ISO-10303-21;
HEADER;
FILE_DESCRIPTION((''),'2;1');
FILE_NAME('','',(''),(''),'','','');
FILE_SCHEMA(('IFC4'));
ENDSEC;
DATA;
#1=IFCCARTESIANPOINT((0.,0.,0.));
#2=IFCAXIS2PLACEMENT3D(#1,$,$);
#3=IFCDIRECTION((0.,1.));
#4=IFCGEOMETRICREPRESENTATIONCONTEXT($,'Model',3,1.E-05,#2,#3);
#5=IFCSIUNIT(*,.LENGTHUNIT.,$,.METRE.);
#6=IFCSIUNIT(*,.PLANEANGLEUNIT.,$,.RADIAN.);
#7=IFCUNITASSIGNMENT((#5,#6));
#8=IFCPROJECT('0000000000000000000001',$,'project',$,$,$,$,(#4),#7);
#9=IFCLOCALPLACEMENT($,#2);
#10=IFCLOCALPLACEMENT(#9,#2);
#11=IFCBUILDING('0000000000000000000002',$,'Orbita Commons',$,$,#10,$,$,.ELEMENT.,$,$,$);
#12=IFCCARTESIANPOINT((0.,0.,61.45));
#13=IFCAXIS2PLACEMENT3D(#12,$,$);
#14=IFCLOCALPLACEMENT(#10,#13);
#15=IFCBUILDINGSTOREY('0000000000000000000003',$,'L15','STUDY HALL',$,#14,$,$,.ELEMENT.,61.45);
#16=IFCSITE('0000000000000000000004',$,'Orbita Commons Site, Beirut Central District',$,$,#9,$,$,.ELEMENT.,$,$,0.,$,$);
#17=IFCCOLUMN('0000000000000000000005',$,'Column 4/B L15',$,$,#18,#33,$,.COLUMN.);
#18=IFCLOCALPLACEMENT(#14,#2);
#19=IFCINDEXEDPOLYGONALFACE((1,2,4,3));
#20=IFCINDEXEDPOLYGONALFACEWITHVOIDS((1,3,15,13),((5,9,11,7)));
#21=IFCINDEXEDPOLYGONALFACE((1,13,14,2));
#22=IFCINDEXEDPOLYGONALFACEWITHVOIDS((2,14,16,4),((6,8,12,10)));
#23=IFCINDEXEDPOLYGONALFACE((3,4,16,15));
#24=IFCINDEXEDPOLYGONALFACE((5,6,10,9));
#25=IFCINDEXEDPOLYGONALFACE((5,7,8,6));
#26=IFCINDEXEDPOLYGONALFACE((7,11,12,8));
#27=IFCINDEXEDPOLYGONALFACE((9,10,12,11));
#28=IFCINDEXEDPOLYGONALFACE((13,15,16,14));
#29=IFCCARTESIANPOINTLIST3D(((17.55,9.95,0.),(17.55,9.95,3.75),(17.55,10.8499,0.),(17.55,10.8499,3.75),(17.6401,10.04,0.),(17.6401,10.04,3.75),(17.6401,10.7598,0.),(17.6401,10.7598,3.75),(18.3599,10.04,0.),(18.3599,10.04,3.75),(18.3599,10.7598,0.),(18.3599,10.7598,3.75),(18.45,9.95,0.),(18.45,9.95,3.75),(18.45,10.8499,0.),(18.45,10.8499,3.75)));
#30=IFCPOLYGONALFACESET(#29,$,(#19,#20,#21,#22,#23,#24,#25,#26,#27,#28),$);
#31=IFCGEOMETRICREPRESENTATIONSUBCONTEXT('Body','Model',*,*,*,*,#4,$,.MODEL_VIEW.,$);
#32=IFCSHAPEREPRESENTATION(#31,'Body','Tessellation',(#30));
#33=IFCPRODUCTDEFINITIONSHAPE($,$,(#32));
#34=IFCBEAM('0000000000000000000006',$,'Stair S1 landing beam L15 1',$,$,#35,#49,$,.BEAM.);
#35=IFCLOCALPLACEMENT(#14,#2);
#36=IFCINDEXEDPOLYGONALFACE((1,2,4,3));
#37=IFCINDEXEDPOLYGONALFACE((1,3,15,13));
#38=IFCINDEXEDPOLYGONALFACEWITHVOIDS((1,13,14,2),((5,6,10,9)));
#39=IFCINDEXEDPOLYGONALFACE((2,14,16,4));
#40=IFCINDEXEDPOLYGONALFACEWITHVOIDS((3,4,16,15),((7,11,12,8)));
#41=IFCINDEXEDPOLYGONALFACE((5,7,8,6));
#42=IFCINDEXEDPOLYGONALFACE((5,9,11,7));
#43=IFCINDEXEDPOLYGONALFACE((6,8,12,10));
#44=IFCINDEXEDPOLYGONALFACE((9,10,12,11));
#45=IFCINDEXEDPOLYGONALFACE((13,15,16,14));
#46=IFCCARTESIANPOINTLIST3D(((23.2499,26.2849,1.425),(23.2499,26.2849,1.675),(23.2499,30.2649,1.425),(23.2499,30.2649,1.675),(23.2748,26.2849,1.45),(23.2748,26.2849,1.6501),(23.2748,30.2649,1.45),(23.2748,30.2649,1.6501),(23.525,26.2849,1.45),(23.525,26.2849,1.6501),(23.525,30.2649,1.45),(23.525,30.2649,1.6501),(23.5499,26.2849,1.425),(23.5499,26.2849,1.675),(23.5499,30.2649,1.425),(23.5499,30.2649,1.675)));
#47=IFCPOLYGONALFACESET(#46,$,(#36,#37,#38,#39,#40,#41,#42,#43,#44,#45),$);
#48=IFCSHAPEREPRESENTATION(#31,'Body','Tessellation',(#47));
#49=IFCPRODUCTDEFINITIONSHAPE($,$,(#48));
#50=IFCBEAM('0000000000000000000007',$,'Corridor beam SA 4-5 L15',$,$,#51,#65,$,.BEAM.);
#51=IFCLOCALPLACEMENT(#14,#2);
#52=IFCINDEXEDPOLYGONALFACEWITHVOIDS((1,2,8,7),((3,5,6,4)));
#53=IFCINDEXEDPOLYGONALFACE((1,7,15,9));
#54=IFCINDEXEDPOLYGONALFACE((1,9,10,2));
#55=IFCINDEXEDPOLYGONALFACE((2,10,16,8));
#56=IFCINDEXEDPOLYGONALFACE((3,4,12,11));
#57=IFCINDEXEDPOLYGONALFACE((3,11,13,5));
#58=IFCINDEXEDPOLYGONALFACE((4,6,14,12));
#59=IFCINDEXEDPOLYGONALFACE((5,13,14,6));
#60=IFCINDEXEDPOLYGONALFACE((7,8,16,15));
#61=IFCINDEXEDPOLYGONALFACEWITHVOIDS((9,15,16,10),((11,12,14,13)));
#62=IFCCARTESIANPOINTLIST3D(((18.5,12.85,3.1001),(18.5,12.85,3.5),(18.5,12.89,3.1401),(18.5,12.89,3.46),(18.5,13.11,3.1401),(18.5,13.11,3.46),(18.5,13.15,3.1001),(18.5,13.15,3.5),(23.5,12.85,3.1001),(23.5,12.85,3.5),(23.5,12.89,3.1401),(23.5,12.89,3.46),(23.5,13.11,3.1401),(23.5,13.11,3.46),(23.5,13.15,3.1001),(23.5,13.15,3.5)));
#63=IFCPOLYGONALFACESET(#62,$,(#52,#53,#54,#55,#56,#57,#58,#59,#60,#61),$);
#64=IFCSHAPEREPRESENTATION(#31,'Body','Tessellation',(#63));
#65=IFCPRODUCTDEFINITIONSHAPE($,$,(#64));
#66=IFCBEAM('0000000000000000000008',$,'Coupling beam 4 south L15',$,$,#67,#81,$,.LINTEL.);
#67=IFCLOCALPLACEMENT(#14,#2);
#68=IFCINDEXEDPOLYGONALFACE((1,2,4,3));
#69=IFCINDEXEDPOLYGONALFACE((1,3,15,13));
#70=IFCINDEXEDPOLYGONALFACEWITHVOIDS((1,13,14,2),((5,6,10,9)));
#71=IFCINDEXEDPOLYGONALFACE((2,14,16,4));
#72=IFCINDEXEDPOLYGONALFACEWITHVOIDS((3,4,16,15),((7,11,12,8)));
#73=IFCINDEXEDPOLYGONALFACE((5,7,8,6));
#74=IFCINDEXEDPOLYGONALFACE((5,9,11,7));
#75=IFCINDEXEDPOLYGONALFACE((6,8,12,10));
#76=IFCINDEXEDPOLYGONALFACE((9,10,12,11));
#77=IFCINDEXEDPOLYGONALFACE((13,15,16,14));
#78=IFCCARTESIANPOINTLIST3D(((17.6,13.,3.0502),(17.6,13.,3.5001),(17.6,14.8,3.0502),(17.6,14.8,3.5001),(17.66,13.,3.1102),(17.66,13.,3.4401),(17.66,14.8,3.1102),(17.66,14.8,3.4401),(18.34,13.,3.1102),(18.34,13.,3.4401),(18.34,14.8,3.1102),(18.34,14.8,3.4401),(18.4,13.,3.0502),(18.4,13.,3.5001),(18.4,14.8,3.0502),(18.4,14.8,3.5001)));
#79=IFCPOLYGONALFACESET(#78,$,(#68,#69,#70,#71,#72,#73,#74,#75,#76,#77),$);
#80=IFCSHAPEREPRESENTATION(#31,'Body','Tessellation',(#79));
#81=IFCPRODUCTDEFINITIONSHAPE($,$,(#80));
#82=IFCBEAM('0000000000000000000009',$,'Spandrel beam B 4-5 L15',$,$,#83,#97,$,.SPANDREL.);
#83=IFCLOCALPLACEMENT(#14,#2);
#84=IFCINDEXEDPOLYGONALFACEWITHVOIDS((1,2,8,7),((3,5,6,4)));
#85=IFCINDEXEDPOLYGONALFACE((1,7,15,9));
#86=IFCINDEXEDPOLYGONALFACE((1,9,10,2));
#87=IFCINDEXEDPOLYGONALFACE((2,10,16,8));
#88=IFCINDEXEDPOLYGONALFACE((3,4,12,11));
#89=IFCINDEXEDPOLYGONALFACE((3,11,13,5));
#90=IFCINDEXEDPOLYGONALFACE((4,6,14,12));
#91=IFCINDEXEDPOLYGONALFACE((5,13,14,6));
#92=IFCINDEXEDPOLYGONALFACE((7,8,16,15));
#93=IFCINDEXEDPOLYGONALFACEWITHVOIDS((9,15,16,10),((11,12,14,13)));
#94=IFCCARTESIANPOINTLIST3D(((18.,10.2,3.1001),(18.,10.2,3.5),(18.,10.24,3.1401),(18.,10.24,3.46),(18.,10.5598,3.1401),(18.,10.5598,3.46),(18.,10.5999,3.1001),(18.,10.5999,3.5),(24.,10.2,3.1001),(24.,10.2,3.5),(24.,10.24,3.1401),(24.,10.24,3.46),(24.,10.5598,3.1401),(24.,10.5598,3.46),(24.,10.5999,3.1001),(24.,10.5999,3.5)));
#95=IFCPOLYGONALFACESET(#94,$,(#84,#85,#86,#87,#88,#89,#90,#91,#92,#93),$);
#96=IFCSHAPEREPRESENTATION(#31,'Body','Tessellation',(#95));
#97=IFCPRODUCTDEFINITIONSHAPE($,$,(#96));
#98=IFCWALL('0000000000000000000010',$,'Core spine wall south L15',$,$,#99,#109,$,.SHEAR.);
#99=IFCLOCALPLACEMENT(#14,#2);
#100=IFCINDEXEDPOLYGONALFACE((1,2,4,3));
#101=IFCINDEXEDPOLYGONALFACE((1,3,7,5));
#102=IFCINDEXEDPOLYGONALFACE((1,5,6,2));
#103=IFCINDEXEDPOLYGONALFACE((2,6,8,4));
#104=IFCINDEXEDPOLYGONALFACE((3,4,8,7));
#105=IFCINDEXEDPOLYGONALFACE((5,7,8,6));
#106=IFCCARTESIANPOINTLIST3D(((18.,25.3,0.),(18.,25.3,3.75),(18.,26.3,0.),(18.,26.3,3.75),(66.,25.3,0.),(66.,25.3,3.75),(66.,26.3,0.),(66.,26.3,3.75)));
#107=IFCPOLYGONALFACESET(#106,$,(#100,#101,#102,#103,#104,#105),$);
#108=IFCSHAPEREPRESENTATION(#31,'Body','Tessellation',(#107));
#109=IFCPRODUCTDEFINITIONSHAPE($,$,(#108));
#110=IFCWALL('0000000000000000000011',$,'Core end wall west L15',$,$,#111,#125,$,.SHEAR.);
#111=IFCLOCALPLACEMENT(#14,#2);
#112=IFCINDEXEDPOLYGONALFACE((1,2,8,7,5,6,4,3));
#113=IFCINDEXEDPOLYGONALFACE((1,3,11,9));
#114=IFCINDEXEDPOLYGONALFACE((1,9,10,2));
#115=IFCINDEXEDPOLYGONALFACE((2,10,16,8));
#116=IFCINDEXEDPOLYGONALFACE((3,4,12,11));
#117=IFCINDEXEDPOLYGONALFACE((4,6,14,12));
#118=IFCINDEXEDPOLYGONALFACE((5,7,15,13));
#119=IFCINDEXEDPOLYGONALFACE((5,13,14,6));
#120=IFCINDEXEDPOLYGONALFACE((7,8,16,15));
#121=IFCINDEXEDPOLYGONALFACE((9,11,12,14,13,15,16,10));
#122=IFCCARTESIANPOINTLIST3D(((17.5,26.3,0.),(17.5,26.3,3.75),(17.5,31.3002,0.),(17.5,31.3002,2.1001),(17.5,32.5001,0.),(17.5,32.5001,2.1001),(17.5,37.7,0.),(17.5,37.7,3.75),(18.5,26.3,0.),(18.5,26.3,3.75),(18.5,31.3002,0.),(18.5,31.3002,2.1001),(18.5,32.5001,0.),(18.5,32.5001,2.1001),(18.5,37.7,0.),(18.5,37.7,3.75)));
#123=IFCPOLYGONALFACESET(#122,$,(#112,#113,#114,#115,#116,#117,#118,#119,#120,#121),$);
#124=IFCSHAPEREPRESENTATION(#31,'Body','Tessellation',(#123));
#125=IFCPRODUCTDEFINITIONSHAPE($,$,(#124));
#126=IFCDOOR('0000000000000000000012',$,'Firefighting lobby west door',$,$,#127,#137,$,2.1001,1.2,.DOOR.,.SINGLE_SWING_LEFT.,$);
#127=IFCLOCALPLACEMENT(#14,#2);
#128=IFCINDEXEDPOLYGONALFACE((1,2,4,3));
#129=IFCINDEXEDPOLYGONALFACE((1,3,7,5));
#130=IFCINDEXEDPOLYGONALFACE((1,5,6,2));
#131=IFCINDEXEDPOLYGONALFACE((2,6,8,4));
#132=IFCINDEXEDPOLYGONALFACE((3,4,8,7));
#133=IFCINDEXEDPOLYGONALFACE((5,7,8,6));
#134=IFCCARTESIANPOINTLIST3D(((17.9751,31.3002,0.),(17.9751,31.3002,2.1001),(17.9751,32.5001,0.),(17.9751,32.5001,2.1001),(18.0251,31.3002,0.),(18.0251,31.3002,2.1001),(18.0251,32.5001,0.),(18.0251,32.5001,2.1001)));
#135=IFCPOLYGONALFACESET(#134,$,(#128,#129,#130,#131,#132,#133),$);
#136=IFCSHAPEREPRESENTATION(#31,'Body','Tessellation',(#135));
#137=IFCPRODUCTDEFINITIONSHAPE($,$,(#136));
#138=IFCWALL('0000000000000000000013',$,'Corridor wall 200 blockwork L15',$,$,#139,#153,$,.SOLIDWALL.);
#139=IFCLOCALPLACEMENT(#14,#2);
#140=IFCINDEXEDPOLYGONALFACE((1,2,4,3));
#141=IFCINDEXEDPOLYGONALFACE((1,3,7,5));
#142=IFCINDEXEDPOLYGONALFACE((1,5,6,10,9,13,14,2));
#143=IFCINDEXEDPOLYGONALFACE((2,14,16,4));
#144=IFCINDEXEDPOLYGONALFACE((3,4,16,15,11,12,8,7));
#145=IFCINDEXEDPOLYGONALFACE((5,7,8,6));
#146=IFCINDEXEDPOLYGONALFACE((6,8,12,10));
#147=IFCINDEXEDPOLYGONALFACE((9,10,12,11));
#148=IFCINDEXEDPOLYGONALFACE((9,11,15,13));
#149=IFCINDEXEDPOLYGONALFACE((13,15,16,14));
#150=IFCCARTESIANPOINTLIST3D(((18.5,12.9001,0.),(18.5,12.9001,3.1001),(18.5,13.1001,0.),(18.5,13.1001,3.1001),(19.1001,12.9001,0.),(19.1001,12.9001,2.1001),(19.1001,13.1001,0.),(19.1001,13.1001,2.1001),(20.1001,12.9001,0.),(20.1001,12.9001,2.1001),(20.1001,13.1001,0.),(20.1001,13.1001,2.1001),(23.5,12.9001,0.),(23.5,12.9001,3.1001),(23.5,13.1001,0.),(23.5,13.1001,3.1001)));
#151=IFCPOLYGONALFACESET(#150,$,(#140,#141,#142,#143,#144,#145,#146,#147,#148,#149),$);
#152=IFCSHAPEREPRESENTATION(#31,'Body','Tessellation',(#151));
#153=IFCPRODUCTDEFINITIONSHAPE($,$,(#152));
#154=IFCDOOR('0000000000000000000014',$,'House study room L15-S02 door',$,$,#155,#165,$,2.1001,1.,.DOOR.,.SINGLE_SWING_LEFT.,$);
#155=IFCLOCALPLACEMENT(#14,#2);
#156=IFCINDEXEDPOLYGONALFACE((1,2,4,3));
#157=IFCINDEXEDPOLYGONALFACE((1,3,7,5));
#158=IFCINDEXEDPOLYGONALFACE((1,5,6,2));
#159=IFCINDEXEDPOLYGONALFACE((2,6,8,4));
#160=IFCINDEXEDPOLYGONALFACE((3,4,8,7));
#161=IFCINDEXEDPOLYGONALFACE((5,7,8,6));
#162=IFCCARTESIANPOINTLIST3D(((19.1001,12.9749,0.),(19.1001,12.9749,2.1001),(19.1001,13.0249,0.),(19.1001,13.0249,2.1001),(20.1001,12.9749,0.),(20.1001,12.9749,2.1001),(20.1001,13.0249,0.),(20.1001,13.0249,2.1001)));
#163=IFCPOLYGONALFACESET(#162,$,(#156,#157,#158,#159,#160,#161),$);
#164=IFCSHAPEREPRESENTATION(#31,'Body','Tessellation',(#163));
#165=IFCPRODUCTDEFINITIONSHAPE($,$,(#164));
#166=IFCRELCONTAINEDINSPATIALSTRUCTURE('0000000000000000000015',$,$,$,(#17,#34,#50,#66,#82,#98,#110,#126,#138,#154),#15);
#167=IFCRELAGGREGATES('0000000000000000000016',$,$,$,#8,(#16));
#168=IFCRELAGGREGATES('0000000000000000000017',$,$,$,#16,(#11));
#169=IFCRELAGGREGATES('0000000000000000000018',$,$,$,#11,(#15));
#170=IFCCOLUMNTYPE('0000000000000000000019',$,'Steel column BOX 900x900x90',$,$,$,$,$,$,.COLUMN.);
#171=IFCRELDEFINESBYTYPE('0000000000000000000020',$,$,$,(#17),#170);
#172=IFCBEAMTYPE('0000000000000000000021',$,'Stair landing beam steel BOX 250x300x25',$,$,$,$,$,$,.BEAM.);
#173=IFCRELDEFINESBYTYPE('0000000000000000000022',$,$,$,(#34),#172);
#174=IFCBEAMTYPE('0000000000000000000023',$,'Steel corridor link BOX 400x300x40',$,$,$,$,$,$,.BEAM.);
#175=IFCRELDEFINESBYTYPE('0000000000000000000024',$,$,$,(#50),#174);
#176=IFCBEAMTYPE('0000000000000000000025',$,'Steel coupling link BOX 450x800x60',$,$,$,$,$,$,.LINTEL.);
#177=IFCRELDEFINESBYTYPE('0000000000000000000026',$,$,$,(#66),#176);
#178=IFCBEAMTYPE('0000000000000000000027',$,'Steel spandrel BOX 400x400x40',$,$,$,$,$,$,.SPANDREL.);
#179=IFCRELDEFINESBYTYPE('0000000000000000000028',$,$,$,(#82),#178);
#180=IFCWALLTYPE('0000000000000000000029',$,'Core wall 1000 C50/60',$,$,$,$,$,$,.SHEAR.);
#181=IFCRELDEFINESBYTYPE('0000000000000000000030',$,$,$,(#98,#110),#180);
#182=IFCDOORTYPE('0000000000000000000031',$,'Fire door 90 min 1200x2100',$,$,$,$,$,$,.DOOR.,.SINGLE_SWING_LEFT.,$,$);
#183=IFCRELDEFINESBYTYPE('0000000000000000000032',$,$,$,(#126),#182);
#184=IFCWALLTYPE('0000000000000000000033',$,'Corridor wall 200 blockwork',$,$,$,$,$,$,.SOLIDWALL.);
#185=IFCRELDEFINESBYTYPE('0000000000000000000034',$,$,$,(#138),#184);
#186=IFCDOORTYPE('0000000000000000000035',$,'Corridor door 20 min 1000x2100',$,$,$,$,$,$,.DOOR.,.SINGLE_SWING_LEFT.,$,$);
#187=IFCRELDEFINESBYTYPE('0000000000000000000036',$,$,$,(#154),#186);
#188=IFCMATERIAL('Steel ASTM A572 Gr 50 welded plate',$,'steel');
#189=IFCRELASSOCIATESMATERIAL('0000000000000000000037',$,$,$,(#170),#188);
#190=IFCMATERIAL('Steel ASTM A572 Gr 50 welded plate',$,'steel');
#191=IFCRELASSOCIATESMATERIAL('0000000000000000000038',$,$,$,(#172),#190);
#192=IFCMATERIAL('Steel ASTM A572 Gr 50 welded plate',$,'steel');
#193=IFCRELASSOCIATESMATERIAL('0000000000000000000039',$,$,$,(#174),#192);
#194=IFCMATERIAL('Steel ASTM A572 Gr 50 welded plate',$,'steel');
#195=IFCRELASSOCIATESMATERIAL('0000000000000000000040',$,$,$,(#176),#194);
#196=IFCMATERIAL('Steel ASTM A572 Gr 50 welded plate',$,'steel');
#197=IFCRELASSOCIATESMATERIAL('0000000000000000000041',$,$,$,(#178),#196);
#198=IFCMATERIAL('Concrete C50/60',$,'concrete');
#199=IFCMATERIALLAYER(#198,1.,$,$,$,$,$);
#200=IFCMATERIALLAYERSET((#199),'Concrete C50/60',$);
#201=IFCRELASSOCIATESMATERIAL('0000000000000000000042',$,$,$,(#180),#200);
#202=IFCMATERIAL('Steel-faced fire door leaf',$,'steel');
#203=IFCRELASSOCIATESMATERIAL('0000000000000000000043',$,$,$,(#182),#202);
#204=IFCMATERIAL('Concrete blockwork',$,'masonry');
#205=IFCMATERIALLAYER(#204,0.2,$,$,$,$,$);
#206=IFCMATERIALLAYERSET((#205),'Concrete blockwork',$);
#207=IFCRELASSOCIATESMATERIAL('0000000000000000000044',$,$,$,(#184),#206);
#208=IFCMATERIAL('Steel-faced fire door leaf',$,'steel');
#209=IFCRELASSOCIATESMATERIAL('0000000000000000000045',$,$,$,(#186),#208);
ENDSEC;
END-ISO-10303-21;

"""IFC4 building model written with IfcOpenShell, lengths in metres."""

from ifc_helpers import new_model, si_unit, direction, frame, frame_2d, origin, origin_2d, place, context, subcontext, project, spatial, polyline, rectangle, hollow_rectangle, outline, extrude, material, layer, layer_set, material_profile, profile_set, type_object, element, fill, save


model = new_model("IFC4")

# Units and contexts
model_context = context("Model", 3, precision=1e-05, world=origin(), true_north=direction((0.0, 1.0)))
body_context = subcontext(model_context, "Body", "Model", "MODEL_VIEW")
ifc_project = project(units=[si_unit("LENGTHUNIT", "METRE"), si_unit("PLANEANGLEUNIT", "RADIAN")], contexts=[model_context])

# Site, building, storey
site_placement = place(None, origin())
site = spatial("IfcSite", under=ifc_project, at=site_placement, Name="Orbita Commons Site, Beirut Central District", CompositionType="ELEMENT", RefElevation=0.0)
building_placement = place(site_placement, origin())
building = spatial("IfcBuilding", under=site, at=building_placement, Name="Orbita Commons", CompositionType="ELEMENT")
storey_placement = place(building_placement, frame((0.0, 0.0, 61.45)))
storey = spatial("IfcBuildingStorey", under=building, at=storey_placement, Name="L15", Description="STUDY HALL", CompositionType="ELEMENT", Elevation=61.45)

# Column
ifc_material_1 = material(Name="Steel ASTM A572 Gr 50 welded plate", Category="steel")
ifc_material_profile_1 = material_profile(ifc_material_1, hollow_rectangle(XDim=0.8999, YDim=0.8999, WallThickness=0.0901, at=origin_2d()), Name="BOX 900x900x90")
ifc_profile_set_1 = profile_set([ifc_material_profile_1], Name="Steel ASTM A572 Gr 50 welded plate")
column_type = type_object("IfcColumnType", Name="Steel column BOX 900x900x90", PredefinedType="COLUMN", material=ifc_profile_set_1)
column_placement = place(storey_placement, frame((18.0, 10.3999, 0.0), z_axis=(0.0, 0.0, 1.0), x_axis=(1.0, 0.0, 0.0)))
element("IfcColumn", 1, at=column_placement, inside=storey, type_object=column_type, Name="Column 4/B L15", PredefinedType="COLUMN", context=body_context, shape_type="SweptSolid", body=[
    extrude(hollow_rectangle(XDim=0.8999, YDim=0.8999, WallThickness=0.0901, at=origin_2d()), origin(), (0.0, 0.0, 1.0), 3.75),
])

# Beams
ifc_material_2 = material(Name="Steel ASTM A572 Gr 50 welded plate", Category="steel")
ifc_material_profile_2 = material_profile(ifc_material_2, hollow_rectangle(XDim=0.3, YDim=0.25, WallThickness=0.0249, at=origin_2d()), Name="BOX 250x300x25")
ifc_profile_set_2 = profile_set([ifc_material_profile_2], Name="Steel ASTM A572 Gr 50 welded plate")
beam_type_1 = type_object("IfcBeamType", Name="Stair landing beam steel BOX 250x300x25", PredefinedType="BEAM", material=ifc_profile_set_2)
beam_1_placement = place(storey_placement, frame((23.3999, 26.2849, 1.55), z_axis=(0.0, 1.0, 0.0), x_axis=(-1.0, 0.0, 0.0)))
element("IfcBeam", 2, at=beam_1_placement, inside=storey, type_object=beam_type_1, Name="Stair S1 landing beam L15 1", PredefinedType="BEAM", context=body_context, shape_type="SweptSolid", body=[
    extrude(hollow_rectangle(XDim=0.3, YDim=0.25, WallThickness=0.0249, at=origin_2d()), origin(), (0.0, 0.0, 1.0), 3.98),
])
ifc_material_3 = material(Name="Steel ASTM A572 Gr 50 welded plate", Category="steel")
ifc_material_profile_3 = material_profile(ifc_material_3, hollow_rectangle(XDim=0.3, YDim=0.3999, WallThickness=0.04, at=origin_2d()), Name="BOX 400x300x40")
ifc_profile_set_3 = profile_set([ifc_material_profile_3], Name="Steel ASTM A572 Gr 50 welded plate")
beam_type_2 = type_object("IfcBeamType", Name="Steel corridor link BOX 400x300x40", PredefinedType="BEAM", material=ifc_profile_set_3)
beam_2_placement = place(storey_placement, frame((18.5, 13.0, 3.3), z_axis=(1.0, 0.0, 0.0), x_axis=(0.0, 1.0, 0.0)))
element("IfcBeam", 3, at=beam_2_placement, inside=storey, type_object=beam_type_2, Name="Corridor beam SA 4-5 L15", PredefinedType="BEAM", context=body_context, shape_type="SweptSolid", body=[
    extrude(hollow_rectangle(XDim=0.3, YDim=0.3999, WallThickness=0.04, at=origin_2d()), origin(), (0.0, 0.0, 1.0), 5.0),
])
ifc_material_4 = material(Name="Steel ASTM A572 Gr 50 welded plate", Category="steel")
ifc_material_profile_4 = material_profile(ifc_material_4, hollow_rectangle(XDim=0.8, YDim=0.45, WallThickness=0.0601, at=origin_2d()), Name="BOX 450x800x60")
ifc_profile_set_4 = profile_set([ifc_material_profile_4], Name="Steel ASTM A572 Gr 50 welded plate")
beam_type_3 = type_object("IfcBeamType", Name="Steel coupling link BOX 450x800x60", PredefinedType="LINTEL", material=ifc_profile_set_4)
beam_3_placement = place(storey_placement, frame((18.0, 13.0, 3.2751), z_axis=(0.0, 1.0, 0.0), x_axis=(-1.0, 0.0, 0.0)))
element("IfcBeam", 4, at=beam_3_placement, inside=storey, type_object=beam_type_3, Name="Coupling beam 4 south L15", PredefinedType="LINTEL", context=body_context, shape_type="SweptSolid", body=[
    extrude(hollow_rectangle(XDim=0.8, YDim=0.45, WallThickness=0.0601, at=origin_2d()), origin(), (0.0, 0.0, 1.0), 1.8),
])
ifc_material_5 = material(Name="Steel ASTM A572 Gr 50 welded plate", Category="steel")
ifc_material_profile_5 = material_profile(ifc_material_5, hollow_rectangle(XDim=0.3999, YDim=0.3999, WallThickness=0.04, at=origin_2d()), Name="BOX 400x400x40")
ifc_profile_set_5 = profile_set([ifc_material_profile_5], Name="Steel ASTM A572 Gr 50 welded plate")
beam_type_4 = type_object("IfcBeamType", Name="Steel spandrel BOX 400x400x40", PredefinedType="SPANDREL", material=ifc_profile_set_5)
beam_4_placement = place(storey_placement, frame((18.0, 10.3999, 3.3), z_axis=(1.0, 0.0, 0.0), x_axis=(0.0, 1.0, 0.0)))
element("IfcBeam", 5, at=beam_4_placement, inside=storey, type_object=beam_type_4, Name="Spandrel beam B 4-5 L15", PredefinedType="SPANDREL", context=body_context, shape_type="SweptSolid", body=[
    extrude(hollow_rectangle(XDim=0.3999, YDim=0.3999, WallThickness=0.04, at=origin_2d()), origin(), (0.0, 0.0, 1.0), 6.0),
])

# Wall
ifc_material_6 = material(Name="Concrete C50/60", Category="concrete")
ifc_layer_1 = layer(ifc_material_6, 1.0)
ifc_layer_set_1 = layer_set([ifc_layer_1], Name="Concrete C50/60")
wall_type_1 = type_object("IfcWallType", Name="Core wall 1000 C50/60", PredefinedType="SHEAR", material=ifc_layer_set_1)
wall_1_placement = place(storey_placement, frame((18.0, 25.8, 0.0), z_axis=(0.0, 0.0, 1.0), x_axis=(1.0, 0.0, 0.0)))
element("IfcWall", 6, at=wall_1_placement, inside=storey, type_object=wall_type_1, Name="Core spine wall south L15", PredefinedType="SHEAR", context=body_context, shape_type="SweptSolid", body=[
    extrude(rectangle(XDim=48.0, YDim=1.0, at=frame_2d((24.0, 0.0))), origin(), (0.0, 0.0, 1.0), 3.75),
])

# Walls, openings, doors
wall_2_placement = place(storey_placement, frame((18.0, 26.3, 0.0), z_axis=(0.0, 0.0, 1.0), x_axis=(0.0, 1.0, 0.0)))
wall_2 = element("IfcWall", 7, at=wall_2_placement, inside=storey, type_object=wall_type_1, Name="Core end wall west L15", PredefinedType="SHEAR", context=body_context, shape_type="SweptSolid", body=[
    extrude(rectangle(XDim=11.3999, YDim=1.0, at=frame_2d((5.7, 0.0))), origin(), (0.0, 0.0, 1.0), 3.75),
])
opening_1_placement = place(wall_2_placement, frame((5.0, 0.0, 0.0)))
opening_1 = element("IfcOpeningElement", 8, at=opening_1_placement, cuts=wall_2, PredefinedType="OPENING", context=body_context, shape_type="SweptSolid", body=[
    extrude(rectangle(XDim=1.2, YDim=2.1001, at=frame_2d((0.6001, 1.05))), frame((0.0, 0.51, 0.0), z_axis=(0.0, -1.0, 0.0), x_axis=(1.0, 0.0, 0.0)), (0.0, 0.0, 1.0), 1.02),
])
ifc_material_7 = material(Name="Steel-faced fire door leaf", Category="steel")
door_type_1 = type_object("IfcDoorType", Name="Fire door 90 min 1200x2100", OperationType="SINGLE_SWING_LEFT", PredefinedType="DOOR", material=ifc_material_7)
door_1_placement = place(opening_1_placement, origin())
door_1 = element("IfcDoor", 9, at=door_1_placement, inside=storey, type_object=door_type_1, Name="Firefighting lobby west door", OperationType="SINGLE_SWING_LEFT", OverallHeight=2.1001, OverallWidth=1.2, PredefinedType="DOOR", context=body_context, shape_type="SweptSolid", body=[
    extrude(rectangle(XDim=1.2, YDim=2.1001, at=frame_2d((0.6001, 1.05))), frame((0.0, 0.0249, 0.0), z_axis=(0.0, -1.0, 0.0), x_axis=(1.0, 0.0, 0.0)), (0.0, 0.0, 1.0), 0.05),
])
fill(opening_1, door_1)
ifc_material_8 = material(Name="Concrete blockwork", Category="masonry")
ifc_layer_2 = layer(ifc_material_8, 0.2)
ifc_layer_set_2 = layer_set([ifc_layer_2], Name="Concrete blockwork")
wall_type_2 = type_object("IfcWallType", Name="Corridor wall 200 blockwork", PredefinedType="SOLIDWALL", material=ifc_layer_set_2)
wall_3_placement = place(storey_placement, frame((18.5, 13.0, 0.0), z_axis=(0.0, 0.0, 1.0), x_axis=(1.0, 0.0, 0.0)))
wall_3 = element("IfcWall", 10, at=wall_3_placement, inside=storey, type_object=wall_type_2, Name="Corridor wall 200 blockwork L15", PredefinedType="SOLIDWALL", context=body_context, shape_type="SweptSolid", body=[
    extrude(outline(polyline([(0.0, 0.0), (5.0, 0.0), (5.0, 3.1001), (0.0, 3.1001), (0.0, 0.0)])), frame((0.0, 0.1001, 0.0), z_axis=(0.0, -1.0, 0.0), x_axis=(1.0, 0.0, 0.0)), (0.0, 0.0, 1.0), 0.2),
])
opening_2_placement = place(wall_3_placement, frame((0.6001, 0.0, 0.0)))
opening_2 = element("IfcOpeningElement", 11, at=opening_2_placement, cuts=wall_3, PredefinedType="OPENING", context=body_context, shape_type="SweptSolid", body=[
    extrude(rectangle(XDim=1.0, YDim=2.1001, at=frame_2d((0.5, 1.05))), frame((0.0, 0.1099, 0.0), z_axis=(0.0, -1.0, 0.0), x_axis=(1.0, 0.0, 0.0)), (0.0, 0.0, 1.0), 0.22),
])
ifc_material_9 = material(Name="Steel-faced fire door leaf", Category="steel")
door_type_2 = type_object("IfcDoorType", Name="Corridor door 20 min 1000x2100", OperationType="SINGLE_SWING_LEFT", PredefinedType="DOOR", material=ifc_material_9)
door_2_placement = place(opening_2_placement, origin())
door_2 = element("IfcDoor", 12, at=door_2_placement, inside=storey, type_object=door_type_2, Name="House study room L15-S02 door", OperationType="SINGLE_SWING_LEFT", OverallHeight=2.1001, OverallWidth=1.0, PredefinedType="DOOR", context=body_context, shape_type="SweptSolid", body=[
    extrude(rectangle(XDim=1.0, YDim=2.1001, at=frame_2d((0.5, 1.05))), frame((0.0, 0.0249, 0.0), z_axis=(0.0, -1.0, 0.0), x_axis=(1.0, 0.0, 0.0)), (0.0, 0.0, 1.0), 0.05),
])
fill(opening_2, door_2)

save(model, "model.ifc")
